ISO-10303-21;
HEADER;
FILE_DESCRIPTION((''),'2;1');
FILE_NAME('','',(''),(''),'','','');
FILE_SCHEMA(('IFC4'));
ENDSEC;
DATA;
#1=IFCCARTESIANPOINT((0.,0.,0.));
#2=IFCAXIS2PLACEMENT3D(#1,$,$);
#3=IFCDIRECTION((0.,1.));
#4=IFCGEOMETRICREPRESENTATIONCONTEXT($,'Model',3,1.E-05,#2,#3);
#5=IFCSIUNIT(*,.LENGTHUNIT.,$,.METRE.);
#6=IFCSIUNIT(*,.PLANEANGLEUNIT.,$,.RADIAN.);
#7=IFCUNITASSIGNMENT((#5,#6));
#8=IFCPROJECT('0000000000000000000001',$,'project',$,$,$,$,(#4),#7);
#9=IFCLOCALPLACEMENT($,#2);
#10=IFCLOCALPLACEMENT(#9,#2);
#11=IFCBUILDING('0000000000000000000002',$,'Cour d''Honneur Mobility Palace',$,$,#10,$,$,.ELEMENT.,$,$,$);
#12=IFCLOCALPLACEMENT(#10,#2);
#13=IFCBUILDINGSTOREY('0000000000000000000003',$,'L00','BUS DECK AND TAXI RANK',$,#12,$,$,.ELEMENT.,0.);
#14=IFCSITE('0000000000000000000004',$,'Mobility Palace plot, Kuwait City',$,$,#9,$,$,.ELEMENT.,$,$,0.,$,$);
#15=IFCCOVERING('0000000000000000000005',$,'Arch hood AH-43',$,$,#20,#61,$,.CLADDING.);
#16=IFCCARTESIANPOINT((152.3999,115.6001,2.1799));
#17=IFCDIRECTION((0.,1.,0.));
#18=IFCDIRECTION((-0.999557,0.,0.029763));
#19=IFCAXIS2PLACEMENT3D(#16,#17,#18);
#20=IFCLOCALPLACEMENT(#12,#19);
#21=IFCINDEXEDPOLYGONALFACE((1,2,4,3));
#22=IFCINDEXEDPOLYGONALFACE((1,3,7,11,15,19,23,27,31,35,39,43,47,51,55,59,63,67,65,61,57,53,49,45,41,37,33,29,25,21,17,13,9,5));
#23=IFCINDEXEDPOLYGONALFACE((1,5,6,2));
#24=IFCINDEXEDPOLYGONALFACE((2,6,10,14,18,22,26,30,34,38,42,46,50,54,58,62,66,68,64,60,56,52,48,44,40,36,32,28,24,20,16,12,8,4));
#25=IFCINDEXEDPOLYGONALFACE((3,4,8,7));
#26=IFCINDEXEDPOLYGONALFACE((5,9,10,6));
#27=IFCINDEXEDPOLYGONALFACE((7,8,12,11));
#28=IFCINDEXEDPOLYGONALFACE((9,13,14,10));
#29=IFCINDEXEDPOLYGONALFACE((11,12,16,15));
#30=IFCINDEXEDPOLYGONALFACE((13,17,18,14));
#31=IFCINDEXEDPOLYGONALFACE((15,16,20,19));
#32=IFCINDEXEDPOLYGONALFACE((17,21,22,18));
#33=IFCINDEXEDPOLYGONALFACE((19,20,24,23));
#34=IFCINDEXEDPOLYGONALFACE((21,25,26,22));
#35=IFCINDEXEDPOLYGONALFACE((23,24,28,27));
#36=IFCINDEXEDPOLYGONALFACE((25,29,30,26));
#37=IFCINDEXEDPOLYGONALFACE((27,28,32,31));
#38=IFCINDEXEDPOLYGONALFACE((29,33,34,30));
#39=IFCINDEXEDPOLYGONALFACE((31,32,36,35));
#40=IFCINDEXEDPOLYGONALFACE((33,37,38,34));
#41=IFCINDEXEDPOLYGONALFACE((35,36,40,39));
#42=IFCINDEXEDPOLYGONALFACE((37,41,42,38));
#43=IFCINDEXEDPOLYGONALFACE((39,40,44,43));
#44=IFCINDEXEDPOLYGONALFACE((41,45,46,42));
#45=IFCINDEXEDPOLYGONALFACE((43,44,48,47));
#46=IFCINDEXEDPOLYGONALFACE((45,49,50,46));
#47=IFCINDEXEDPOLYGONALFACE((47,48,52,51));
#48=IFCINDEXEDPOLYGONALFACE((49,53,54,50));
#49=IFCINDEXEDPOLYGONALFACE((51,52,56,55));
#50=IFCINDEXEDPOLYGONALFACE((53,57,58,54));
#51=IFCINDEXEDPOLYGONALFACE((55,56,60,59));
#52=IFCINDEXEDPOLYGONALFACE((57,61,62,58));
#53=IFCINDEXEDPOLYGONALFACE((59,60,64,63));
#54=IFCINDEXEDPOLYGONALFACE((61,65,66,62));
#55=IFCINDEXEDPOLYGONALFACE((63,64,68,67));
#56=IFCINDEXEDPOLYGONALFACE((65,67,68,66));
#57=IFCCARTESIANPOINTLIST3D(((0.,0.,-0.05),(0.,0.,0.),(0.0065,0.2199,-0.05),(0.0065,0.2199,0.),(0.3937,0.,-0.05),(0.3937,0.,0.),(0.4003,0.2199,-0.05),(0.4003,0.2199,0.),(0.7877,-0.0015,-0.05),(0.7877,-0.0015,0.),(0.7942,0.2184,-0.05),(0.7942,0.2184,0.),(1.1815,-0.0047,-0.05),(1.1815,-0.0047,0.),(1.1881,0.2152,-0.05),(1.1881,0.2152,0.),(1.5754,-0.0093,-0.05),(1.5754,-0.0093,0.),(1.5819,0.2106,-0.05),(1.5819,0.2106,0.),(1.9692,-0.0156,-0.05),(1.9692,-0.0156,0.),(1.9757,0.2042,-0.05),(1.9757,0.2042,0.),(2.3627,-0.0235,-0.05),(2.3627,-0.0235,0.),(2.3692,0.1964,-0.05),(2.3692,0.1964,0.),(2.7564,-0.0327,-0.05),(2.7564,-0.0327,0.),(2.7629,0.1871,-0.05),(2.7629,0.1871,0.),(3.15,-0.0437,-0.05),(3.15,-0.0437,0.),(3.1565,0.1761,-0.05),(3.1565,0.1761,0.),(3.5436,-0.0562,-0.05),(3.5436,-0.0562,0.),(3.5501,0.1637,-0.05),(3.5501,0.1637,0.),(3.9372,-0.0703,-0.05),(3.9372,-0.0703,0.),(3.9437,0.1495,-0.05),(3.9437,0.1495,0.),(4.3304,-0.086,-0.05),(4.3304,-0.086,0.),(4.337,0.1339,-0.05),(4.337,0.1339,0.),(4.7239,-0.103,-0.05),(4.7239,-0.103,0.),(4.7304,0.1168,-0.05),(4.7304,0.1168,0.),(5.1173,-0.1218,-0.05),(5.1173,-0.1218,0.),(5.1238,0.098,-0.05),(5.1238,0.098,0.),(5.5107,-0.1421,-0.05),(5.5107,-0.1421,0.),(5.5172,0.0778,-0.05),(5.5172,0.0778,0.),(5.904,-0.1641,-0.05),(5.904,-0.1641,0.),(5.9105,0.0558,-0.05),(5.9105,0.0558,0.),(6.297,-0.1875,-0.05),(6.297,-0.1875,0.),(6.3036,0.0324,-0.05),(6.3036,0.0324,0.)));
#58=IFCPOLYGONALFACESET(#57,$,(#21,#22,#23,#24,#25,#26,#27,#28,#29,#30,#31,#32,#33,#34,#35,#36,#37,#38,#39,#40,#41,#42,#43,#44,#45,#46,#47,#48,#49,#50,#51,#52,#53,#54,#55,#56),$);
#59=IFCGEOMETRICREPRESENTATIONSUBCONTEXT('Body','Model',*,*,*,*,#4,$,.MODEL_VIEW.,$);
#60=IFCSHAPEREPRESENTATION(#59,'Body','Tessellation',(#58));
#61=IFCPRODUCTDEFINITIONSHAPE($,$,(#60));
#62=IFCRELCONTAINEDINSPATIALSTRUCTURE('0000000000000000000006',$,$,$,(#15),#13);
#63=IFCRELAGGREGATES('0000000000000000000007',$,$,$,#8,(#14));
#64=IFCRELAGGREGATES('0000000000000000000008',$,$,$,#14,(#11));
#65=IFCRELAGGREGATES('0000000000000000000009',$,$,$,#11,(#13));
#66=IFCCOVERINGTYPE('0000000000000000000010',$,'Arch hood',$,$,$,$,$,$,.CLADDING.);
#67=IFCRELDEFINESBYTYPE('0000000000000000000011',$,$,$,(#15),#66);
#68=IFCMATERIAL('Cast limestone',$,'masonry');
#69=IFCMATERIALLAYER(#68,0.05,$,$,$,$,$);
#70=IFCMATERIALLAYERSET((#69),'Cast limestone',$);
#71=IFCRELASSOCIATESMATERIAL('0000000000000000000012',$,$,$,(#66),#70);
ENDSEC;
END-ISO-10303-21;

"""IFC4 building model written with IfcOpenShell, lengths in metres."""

from ifc_helpers import new_model, si_unit, direction, frame, origin, place, context, subcontext, project, spatial, polyline, outline, extrude, material, layer, layer_set, type_object, element, save


model = new_model("IFC4")

# Units and contexts
model_context = context("Model", 3, precision=1e-05, world=origin(), true_north=direction((0.0, 1.0)))
body_context = subcontext(model_context, "Body", "Model", "MODEL_VIEW")
ifc_project = project(units=[si_unit("LENGTHUNIT", "METRE"), si_unit("PLANEANGLEUNIT", "RADIAN")], contexts=[model_context])

# Site, building, storey
site_placement = place(None, origin())
site = spatial("IfcSite", under=ifc_project, at=site_placement, Name="Mobility Palace plot, Kuwait City", CompositionType="ELEMENT", RefElevation=0.0)
building_placement = place(site_placement, origin())
building = spatial("IfcBuilding", under=site, at=building_placement, Name="Cour d'Honneur Mobility Palace", CompositionType="ELEMENT")
storey_placement = place(building_placement, origin())
storey = spatial("IfcBuildingStorey", under=building, at=storey_placement, Name="L00", Description="BUS DECK AND TAXI RANK", CompositionType="ELEMENT", Elevation=0.0)

# Covering
ifc_material_1 = material(Name="Cast limestone", Category="masonry")
ifc_layer_1 = layer(ifc_material_1, 0.05)
ifc_layer_set_1 = layer_set([ifc_layer_1], Name="Cast limestone")
covering_type_1 = type_object("IfcCoveringType", Name="Arch hood", PredefinedType="CLADDING", material=ifc_layer_set_1)
covering_1_placement = place(storey_placement, frame((152.3999, 115.6001, 2.1799), z_axis=(0.0, 1.0, 0.0), x_axis=(-0.999557, 0.0, 0.029763)))
element("IfcCovering", 1, at=covering_1_placement, inside=storey, type_object=covering_type_1, Name="Arch hood AH-43", PredefinedType="CLADDING", context=body_context, shape_type="SweptSolid", body=[
    extrude(outline(polyline([(0.0, 0.0), (0.3937, 0.0), (0.7877, -0.0015), (1.1815, -0.0047), (1.5754, -0.0093), (1.9692, -0.0156), (2.3627, -0.0235), (2.7564, -0.0327), (3.15, -0.0437), (3.5436, -0.0562), (3.9372, -0.0703), (4.3304, -0.086), (4.7239, -0.103), (5.1173, -0.1218), (5.5107, -0.1421), (5.904, -0.1641), (6.297, -0.1875), (6.3036, 0.0324), (5.9105, 0.0558), (5.5172, 0.0778), (5.1238, 0.098), (4.7304, 0.1168), (4.337, 0.1339), (3.9437, 0.1495), (3.5501, 0.1637), (3.1565, 0.1761), (2.7629, 0.1871), (2.3692, 0.1964), (1.9757, 0.2042), (1.5819, 0.2106), (1.1881, 0.2152), (0.7942, 0.2184), (0.4003, 0.2199), (0.0065, 0.2199), (0.0, 0.0)])), origin(), (0.0, 0.0, -1.0), 0.05),
])

save(model, "model.ifc")
